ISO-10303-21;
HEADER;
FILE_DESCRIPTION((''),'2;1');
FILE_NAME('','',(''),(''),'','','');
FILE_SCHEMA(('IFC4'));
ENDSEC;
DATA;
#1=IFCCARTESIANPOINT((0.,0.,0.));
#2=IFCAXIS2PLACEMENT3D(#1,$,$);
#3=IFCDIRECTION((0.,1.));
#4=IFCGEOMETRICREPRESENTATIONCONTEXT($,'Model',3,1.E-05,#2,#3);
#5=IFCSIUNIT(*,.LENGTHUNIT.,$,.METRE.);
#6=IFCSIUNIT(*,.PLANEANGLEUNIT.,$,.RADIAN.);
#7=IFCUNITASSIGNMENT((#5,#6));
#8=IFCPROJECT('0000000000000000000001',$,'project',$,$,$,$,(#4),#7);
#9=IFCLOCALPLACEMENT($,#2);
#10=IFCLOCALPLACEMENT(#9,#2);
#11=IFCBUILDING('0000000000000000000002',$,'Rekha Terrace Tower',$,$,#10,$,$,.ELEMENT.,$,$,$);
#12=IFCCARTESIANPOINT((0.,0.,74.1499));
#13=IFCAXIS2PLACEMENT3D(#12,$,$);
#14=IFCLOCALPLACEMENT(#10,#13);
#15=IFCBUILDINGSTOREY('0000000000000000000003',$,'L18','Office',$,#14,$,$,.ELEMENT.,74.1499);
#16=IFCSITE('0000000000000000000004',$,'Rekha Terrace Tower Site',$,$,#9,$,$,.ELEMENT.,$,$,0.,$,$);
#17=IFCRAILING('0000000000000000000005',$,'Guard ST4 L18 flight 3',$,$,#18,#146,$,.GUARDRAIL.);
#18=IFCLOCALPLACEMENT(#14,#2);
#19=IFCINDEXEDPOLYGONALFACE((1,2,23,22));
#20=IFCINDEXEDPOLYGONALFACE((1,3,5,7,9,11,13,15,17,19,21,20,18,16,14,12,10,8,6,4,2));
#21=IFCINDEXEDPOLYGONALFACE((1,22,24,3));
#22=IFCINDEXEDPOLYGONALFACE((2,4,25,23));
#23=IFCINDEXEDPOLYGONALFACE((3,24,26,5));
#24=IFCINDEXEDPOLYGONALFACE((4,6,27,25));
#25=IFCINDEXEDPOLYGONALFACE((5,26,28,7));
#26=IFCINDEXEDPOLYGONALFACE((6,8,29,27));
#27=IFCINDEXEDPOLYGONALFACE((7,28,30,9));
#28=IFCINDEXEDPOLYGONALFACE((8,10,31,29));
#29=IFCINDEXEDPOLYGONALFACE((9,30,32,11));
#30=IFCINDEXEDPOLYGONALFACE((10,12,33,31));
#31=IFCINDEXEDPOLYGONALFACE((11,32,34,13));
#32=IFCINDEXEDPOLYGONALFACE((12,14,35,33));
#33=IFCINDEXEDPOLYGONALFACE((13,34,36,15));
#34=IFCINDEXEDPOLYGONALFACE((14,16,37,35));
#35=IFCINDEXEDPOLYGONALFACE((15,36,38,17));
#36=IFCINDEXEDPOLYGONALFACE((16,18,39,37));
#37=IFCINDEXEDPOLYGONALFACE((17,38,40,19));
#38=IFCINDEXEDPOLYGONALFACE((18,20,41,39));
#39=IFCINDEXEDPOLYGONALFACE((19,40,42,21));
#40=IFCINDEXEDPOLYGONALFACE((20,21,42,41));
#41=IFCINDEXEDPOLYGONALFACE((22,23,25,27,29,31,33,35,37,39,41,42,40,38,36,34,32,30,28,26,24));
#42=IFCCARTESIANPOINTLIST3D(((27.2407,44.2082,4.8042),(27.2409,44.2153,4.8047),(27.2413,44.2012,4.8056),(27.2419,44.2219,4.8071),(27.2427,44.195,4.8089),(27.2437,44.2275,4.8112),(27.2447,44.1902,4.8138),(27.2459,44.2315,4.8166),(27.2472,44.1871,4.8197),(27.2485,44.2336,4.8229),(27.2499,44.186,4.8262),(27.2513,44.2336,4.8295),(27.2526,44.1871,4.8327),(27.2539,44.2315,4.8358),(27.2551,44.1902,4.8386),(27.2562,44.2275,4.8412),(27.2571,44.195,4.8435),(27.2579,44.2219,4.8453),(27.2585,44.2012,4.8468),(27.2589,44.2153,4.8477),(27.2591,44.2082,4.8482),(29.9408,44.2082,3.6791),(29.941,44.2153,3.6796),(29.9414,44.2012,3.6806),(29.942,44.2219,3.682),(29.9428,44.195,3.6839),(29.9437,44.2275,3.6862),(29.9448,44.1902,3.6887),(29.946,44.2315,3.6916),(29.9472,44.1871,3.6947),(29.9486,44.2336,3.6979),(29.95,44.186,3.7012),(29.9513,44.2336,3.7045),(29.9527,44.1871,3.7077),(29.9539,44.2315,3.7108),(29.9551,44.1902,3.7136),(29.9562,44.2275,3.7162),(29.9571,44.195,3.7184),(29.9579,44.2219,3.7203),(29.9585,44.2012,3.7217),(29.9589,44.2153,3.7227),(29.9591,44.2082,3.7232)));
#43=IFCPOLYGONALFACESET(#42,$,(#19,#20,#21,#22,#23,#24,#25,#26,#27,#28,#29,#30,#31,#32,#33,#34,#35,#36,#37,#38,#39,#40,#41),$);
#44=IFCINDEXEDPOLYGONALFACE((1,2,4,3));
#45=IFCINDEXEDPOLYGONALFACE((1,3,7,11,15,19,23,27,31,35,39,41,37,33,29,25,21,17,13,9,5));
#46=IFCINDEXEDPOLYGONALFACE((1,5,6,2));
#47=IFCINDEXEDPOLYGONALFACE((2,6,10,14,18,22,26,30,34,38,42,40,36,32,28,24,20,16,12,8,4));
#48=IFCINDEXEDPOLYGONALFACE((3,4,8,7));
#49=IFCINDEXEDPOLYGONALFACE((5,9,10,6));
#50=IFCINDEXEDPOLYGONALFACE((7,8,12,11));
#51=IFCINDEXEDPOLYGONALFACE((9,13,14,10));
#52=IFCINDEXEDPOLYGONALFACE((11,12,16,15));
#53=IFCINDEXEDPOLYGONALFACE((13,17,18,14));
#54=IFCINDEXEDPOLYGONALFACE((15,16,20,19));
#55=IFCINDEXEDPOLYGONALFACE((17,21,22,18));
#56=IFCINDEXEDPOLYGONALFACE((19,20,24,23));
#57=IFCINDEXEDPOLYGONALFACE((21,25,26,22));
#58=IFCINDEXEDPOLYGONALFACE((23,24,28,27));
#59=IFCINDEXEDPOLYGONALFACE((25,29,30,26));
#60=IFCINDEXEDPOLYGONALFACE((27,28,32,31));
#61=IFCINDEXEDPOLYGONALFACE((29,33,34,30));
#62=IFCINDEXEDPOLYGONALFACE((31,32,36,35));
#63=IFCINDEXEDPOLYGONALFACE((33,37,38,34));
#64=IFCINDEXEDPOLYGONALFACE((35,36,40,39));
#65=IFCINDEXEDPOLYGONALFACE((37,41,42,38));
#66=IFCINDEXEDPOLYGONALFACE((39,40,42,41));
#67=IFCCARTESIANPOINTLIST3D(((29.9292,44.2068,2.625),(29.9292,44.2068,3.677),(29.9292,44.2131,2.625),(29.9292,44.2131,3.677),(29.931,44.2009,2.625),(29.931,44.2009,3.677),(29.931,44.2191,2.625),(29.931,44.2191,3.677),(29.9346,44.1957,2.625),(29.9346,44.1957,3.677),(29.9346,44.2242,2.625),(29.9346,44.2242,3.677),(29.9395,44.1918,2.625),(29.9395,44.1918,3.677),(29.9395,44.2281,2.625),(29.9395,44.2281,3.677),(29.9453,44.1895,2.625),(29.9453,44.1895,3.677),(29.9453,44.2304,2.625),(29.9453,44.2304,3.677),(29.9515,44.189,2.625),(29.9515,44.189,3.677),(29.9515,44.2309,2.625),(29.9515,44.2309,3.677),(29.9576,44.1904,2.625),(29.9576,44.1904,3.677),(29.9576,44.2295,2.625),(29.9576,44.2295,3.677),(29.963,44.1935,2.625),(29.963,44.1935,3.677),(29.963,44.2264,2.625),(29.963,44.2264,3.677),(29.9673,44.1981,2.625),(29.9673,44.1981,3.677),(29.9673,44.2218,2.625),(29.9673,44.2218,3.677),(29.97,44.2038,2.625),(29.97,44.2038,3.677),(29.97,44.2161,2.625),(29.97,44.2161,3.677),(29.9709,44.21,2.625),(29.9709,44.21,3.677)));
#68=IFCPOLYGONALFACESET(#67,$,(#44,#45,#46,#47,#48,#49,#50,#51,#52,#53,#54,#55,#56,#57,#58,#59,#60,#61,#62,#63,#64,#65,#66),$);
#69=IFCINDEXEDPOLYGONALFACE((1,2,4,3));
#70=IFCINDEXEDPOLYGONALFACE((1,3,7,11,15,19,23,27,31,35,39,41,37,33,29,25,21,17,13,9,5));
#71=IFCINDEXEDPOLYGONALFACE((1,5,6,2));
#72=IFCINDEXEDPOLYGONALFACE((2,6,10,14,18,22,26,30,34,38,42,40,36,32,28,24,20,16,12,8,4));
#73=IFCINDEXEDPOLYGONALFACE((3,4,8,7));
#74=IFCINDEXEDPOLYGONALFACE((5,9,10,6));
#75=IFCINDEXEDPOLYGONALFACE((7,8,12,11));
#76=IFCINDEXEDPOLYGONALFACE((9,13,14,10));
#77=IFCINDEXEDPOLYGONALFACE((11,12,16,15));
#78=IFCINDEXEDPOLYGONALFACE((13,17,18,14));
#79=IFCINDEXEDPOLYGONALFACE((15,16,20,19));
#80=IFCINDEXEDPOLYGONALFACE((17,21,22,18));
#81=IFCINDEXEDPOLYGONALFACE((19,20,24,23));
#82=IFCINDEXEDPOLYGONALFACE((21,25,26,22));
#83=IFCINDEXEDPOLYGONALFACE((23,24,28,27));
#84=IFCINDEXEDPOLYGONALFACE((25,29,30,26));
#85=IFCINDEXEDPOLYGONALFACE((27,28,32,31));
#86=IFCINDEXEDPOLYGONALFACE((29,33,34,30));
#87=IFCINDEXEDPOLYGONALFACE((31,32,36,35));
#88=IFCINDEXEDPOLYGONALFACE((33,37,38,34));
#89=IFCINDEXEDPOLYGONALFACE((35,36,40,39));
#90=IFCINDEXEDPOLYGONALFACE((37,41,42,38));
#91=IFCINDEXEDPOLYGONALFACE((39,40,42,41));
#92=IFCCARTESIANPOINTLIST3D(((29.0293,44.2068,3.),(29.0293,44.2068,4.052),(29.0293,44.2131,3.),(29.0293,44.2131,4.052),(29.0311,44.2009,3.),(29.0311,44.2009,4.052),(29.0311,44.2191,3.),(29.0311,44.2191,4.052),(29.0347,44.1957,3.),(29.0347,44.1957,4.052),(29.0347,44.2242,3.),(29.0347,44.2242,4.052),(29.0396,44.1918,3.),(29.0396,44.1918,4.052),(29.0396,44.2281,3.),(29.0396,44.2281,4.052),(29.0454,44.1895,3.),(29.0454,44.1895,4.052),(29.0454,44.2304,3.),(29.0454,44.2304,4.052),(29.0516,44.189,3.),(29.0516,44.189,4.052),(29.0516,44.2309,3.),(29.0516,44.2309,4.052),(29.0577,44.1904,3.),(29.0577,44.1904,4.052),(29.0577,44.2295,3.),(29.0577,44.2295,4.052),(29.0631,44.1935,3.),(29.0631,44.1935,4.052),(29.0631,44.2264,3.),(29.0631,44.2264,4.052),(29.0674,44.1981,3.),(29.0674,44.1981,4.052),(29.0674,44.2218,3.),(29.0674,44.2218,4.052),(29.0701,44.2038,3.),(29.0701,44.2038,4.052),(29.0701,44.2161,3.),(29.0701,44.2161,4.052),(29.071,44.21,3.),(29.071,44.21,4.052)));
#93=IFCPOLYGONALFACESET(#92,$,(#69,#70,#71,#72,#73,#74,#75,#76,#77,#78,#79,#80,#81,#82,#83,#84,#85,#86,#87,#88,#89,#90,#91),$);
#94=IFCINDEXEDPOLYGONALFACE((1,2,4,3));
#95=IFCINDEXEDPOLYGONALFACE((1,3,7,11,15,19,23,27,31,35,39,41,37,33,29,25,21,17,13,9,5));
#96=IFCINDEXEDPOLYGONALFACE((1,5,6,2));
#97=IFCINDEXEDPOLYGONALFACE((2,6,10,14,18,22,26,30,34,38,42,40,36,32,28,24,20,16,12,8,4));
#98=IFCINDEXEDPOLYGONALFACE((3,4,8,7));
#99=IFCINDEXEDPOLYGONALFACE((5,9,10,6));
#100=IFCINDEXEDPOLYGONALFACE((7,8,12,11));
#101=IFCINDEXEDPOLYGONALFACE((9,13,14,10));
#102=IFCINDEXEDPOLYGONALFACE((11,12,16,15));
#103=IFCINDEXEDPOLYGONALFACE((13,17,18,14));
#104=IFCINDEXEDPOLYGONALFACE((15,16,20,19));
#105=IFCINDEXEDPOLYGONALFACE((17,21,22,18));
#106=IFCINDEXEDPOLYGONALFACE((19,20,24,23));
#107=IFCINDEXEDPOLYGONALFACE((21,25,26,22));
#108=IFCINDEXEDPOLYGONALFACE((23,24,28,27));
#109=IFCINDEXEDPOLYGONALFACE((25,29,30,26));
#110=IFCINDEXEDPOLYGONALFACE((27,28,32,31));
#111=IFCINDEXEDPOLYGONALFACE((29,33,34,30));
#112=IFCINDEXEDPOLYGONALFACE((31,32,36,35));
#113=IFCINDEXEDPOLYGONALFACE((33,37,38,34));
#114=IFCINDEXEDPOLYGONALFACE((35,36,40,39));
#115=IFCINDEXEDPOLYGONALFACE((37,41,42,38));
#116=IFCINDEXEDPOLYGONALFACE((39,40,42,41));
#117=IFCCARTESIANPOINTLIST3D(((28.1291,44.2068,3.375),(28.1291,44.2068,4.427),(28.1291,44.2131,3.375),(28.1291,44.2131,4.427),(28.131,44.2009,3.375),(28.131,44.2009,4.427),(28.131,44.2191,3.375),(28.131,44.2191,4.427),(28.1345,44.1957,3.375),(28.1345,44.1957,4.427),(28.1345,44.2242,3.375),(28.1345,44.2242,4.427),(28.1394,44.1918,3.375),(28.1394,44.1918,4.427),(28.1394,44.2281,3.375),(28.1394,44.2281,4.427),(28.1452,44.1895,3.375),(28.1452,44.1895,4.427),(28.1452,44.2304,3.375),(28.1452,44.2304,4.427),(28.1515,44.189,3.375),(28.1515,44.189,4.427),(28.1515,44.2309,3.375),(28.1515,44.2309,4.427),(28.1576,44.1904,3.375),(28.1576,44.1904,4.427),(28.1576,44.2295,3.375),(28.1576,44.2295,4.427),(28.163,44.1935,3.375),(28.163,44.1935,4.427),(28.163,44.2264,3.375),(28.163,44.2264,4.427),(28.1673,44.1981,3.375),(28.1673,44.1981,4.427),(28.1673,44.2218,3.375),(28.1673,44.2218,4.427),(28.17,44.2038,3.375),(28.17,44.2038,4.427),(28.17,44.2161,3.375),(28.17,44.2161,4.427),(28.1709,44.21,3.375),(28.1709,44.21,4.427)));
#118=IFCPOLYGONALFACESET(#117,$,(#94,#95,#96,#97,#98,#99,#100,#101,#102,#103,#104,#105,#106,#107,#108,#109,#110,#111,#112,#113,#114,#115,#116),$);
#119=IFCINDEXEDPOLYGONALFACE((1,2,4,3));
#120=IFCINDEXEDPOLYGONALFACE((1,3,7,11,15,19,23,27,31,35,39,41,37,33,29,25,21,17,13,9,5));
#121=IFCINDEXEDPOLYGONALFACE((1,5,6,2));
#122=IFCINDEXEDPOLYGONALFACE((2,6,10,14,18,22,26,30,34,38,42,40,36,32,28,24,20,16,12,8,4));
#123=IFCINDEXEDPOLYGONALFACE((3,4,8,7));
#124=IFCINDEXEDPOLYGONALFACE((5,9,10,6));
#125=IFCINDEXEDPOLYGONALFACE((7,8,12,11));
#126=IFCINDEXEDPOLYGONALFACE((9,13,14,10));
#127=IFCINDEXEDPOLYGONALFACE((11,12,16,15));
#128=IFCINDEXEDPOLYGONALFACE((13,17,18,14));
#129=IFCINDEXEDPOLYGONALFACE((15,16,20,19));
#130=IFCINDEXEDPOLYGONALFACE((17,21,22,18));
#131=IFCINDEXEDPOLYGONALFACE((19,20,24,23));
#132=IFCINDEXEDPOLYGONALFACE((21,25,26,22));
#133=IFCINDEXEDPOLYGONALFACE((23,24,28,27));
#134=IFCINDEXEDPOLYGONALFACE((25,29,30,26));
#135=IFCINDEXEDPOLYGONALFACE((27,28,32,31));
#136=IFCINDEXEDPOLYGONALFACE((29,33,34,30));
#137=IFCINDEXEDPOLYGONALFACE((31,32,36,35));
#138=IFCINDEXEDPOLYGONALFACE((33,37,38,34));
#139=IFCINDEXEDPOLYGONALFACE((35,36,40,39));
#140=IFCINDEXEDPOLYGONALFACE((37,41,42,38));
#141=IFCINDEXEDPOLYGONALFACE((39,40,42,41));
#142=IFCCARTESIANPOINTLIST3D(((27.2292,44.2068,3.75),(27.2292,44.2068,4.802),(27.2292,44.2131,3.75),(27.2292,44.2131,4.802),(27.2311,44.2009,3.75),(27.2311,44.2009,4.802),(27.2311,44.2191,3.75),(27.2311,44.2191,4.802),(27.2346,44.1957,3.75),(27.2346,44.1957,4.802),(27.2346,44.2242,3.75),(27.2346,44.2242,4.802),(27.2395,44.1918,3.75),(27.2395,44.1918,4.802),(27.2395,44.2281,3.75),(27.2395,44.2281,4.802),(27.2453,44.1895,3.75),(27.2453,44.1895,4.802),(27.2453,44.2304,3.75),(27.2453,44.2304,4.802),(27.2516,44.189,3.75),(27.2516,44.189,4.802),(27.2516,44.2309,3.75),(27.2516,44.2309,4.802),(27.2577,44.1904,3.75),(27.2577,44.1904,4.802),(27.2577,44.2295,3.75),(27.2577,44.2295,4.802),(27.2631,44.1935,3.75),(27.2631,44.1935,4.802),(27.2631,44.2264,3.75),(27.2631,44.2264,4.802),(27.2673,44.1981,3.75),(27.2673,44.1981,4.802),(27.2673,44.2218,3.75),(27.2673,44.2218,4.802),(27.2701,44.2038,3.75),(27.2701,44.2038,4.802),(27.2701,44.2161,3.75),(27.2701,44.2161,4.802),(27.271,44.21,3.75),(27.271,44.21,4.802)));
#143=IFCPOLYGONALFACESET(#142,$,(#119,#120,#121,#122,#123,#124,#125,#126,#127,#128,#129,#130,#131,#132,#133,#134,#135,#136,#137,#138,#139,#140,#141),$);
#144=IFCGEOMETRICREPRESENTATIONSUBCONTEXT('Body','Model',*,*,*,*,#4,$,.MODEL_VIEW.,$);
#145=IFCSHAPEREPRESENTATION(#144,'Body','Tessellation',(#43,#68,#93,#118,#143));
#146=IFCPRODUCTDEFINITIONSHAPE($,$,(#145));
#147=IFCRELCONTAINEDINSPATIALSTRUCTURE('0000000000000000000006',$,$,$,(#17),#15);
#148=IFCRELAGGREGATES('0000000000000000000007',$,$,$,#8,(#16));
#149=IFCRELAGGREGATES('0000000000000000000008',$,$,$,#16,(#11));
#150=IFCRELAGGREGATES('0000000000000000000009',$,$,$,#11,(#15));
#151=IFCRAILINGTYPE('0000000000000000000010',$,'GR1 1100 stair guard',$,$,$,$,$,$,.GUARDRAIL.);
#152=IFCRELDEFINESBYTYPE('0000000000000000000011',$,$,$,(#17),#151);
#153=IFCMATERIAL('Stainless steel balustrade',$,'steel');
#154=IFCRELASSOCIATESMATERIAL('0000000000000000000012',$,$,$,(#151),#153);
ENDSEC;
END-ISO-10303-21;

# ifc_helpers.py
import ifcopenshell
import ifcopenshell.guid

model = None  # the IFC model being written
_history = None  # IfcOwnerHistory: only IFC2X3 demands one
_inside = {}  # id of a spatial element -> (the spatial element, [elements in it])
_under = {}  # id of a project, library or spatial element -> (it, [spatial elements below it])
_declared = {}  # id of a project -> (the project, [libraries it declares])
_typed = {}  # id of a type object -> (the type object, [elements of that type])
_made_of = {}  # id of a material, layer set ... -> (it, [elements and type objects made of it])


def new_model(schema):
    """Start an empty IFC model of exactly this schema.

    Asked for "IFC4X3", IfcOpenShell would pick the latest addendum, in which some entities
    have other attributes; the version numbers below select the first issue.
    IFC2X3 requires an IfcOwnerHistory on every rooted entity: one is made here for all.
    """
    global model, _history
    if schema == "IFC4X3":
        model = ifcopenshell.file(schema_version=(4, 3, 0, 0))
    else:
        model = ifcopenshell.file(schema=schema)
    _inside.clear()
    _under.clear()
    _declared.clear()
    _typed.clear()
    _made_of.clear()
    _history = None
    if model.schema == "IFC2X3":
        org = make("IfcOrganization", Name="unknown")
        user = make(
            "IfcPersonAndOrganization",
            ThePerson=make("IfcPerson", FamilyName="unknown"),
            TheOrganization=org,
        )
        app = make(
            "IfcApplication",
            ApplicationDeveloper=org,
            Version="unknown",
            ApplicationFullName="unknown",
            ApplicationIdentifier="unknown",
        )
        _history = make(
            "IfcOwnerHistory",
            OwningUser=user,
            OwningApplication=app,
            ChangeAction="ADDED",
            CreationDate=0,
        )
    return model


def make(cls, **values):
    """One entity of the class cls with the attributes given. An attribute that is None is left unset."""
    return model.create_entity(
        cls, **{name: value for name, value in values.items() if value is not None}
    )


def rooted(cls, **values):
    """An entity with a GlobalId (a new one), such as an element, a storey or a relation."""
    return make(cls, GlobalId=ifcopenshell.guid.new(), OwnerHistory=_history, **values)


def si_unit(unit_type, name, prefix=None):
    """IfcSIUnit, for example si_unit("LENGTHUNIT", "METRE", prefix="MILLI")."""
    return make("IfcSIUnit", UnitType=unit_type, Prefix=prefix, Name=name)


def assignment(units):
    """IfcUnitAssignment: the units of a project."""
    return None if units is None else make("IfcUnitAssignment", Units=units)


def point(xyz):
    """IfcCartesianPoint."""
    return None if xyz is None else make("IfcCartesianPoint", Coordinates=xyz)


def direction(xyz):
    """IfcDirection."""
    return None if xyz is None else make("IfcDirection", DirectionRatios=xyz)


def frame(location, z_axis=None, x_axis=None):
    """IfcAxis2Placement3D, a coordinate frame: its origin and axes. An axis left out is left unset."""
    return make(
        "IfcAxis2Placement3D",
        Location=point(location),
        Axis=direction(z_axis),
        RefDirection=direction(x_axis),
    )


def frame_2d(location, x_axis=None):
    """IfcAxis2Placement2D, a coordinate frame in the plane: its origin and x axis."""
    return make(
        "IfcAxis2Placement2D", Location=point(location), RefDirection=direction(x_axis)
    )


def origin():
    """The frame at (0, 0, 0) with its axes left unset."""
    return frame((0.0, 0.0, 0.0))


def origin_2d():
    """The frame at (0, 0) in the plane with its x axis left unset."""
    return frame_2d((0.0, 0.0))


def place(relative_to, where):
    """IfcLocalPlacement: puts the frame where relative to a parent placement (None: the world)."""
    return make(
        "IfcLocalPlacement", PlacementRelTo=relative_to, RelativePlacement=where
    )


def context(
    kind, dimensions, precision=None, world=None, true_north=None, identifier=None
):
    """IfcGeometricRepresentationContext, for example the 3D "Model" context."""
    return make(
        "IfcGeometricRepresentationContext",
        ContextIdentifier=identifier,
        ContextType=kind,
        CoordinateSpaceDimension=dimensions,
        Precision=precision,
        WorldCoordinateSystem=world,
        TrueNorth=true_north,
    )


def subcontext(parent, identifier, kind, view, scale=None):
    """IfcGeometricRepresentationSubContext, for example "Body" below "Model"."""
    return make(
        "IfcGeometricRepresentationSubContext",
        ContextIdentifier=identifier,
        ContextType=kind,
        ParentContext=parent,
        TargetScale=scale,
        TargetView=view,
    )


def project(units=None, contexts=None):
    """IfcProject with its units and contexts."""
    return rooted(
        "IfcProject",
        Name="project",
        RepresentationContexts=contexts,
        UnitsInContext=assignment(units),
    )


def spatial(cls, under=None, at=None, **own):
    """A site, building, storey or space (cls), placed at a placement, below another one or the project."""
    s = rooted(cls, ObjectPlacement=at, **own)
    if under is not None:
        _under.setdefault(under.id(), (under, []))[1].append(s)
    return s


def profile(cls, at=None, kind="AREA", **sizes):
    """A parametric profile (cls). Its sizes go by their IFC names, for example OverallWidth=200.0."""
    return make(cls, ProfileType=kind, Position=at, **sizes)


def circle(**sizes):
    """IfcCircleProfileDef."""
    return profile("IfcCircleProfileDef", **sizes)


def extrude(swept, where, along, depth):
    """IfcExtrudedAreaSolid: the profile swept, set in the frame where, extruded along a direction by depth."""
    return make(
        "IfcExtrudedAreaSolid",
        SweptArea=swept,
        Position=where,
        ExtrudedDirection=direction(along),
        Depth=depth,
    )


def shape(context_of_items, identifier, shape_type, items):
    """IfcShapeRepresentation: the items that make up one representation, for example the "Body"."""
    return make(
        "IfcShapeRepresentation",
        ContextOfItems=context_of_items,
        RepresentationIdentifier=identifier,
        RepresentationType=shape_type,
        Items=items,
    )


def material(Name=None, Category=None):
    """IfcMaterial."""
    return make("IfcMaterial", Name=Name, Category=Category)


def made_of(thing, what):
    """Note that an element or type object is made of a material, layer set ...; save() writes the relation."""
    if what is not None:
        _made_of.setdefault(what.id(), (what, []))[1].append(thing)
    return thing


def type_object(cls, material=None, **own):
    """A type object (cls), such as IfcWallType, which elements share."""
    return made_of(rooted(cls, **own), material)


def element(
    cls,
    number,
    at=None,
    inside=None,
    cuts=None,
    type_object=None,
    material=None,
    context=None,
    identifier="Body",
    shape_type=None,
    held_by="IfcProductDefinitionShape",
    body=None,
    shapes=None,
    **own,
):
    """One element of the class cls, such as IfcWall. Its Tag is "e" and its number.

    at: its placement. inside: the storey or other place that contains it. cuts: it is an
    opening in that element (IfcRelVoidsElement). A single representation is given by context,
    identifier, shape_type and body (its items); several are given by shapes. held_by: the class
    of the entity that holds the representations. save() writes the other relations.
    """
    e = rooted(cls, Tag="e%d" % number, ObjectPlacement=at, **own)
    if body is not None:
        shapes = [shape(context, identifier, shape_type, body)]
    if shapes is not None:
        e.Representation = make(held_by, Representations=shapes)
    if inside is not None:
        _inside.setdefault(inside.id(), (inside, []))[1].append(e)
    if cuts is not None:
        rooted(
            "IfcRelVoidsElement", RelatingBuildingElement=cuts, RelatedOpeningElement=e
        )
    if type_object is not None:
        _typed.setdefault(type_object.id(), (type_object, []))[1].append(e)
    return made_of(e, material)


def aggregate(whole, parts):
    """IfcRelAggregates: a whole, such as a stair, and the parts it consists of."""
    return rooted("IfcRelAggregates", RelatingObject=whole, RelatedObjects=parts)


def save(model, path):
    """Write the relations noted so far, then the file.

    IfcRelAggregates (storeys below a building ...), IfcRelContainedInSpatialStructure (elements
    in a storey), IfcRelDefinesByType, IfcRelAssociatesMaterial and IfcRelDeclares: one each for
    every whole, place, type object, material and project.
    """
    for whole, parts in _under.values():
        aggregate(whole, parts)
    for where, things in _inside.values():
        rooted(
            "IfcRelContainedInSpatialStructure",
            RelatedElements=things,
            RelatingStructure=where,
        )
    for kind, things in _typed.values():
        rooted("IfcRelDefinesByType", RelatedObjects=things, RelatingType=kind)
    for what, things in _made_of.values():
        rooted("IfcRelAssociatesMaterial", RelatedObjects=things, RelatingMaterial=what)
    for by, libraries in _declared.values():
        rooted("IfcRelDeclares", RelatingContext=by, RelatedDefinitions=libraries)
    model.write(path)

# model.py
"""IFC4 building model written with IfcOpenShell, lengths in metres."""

from ifc_helpers import new_model, si_unit, direction, frame, origin, origin_2d, place, context, subcontext, project, spatial, circle, extrude, material, type_object, element, save


model = new_model("IFC4")

# Units and contexts
model_context = context("Model", 3, precision=1e-05, world=origin(), true_north=direction((0.0, 1.0)))
body_context = subcontext(model_context, "Body", "Model", "MODEL_VIEW")
ifc_project = project(units=[si_unit("LENGTHUNIT", "METRE"), si_unit("PLANEANGLEUNIT", "RADIAN")], contexts=[model_context])

# Site, building, storey
site_placement = place(None, origin())
site = spatial("IfcSite", under=ifc_project, at=site_placement, Name="Rekha Terrace Tower Site", CompositionType="ELEMENT", RefElevation=0.0)
building_placement = place(site_placement, origin())
building = spatial("IfcBuilding", under=site, at=building_placement, Name="Rekha Terrace Tower", CompositionType="ELEMENT")
storey_placement = place(building_placement, frame((0.0, 0.0, 74.1499)))
storey = spatial("IfcBuildingStorey", under=building, at=storey_placement, Name="L18", Description="Office", CompositionType="ELEMENT", Elevation=74.1499)

# Railing
ifc_material_1 = material(Name="Stainless steel balustrade", Category="steel")
railing_type_1 = type_object("IfcRailingType", Name="GR1 1100 stair guard", PredefinedType="GUARDRAIL", material=ifc_material_1)
railing_1_placement = place(storey_placement, frame((29.95, 44.21, 2.625)))
element("IfcRailing", 1, at=railing_1_placement, inside=storey, type_object=railing_type_1, Name="Guard ST4 L18 flight 3", PredefinedType="GUARDRAIL", context=body_context, shape_type="SweptSolid", body=[
    extrude(circle(Radius=0.0239, at=origin_2d()), frame((0.0, 0.0, 1.0762), z_axis=(-0.923074, 0.0, 0.384621), x_axis=(0.0, -1.0, 0.0)), (0.0, 0.0, 1.0), 2.925),
    extrude(circle(Radius=0.021, at=origin_2d()), origin(), (0.0, 0.0, 1.0), 1.052),
    extrude(circle(Radius=0.021, at=origin_2d()), frame((-0.8999, 0.0, 0.375)), (0.0, 0.0, 1.0), 1.052),
    extrude(circle(Radius=0.021, at=origin_2d()), frame((-1.8, 0.0, 0.75)), (0.0, 0.0, 1.0), 1.052),
    extrude(circle(Radius=0.021, at=origin_2d()), frame((-2.7, 0.0, 1.125)), (0.0, 0.0, 1.0), 1.052),
])

save(model, "model.ifc")
